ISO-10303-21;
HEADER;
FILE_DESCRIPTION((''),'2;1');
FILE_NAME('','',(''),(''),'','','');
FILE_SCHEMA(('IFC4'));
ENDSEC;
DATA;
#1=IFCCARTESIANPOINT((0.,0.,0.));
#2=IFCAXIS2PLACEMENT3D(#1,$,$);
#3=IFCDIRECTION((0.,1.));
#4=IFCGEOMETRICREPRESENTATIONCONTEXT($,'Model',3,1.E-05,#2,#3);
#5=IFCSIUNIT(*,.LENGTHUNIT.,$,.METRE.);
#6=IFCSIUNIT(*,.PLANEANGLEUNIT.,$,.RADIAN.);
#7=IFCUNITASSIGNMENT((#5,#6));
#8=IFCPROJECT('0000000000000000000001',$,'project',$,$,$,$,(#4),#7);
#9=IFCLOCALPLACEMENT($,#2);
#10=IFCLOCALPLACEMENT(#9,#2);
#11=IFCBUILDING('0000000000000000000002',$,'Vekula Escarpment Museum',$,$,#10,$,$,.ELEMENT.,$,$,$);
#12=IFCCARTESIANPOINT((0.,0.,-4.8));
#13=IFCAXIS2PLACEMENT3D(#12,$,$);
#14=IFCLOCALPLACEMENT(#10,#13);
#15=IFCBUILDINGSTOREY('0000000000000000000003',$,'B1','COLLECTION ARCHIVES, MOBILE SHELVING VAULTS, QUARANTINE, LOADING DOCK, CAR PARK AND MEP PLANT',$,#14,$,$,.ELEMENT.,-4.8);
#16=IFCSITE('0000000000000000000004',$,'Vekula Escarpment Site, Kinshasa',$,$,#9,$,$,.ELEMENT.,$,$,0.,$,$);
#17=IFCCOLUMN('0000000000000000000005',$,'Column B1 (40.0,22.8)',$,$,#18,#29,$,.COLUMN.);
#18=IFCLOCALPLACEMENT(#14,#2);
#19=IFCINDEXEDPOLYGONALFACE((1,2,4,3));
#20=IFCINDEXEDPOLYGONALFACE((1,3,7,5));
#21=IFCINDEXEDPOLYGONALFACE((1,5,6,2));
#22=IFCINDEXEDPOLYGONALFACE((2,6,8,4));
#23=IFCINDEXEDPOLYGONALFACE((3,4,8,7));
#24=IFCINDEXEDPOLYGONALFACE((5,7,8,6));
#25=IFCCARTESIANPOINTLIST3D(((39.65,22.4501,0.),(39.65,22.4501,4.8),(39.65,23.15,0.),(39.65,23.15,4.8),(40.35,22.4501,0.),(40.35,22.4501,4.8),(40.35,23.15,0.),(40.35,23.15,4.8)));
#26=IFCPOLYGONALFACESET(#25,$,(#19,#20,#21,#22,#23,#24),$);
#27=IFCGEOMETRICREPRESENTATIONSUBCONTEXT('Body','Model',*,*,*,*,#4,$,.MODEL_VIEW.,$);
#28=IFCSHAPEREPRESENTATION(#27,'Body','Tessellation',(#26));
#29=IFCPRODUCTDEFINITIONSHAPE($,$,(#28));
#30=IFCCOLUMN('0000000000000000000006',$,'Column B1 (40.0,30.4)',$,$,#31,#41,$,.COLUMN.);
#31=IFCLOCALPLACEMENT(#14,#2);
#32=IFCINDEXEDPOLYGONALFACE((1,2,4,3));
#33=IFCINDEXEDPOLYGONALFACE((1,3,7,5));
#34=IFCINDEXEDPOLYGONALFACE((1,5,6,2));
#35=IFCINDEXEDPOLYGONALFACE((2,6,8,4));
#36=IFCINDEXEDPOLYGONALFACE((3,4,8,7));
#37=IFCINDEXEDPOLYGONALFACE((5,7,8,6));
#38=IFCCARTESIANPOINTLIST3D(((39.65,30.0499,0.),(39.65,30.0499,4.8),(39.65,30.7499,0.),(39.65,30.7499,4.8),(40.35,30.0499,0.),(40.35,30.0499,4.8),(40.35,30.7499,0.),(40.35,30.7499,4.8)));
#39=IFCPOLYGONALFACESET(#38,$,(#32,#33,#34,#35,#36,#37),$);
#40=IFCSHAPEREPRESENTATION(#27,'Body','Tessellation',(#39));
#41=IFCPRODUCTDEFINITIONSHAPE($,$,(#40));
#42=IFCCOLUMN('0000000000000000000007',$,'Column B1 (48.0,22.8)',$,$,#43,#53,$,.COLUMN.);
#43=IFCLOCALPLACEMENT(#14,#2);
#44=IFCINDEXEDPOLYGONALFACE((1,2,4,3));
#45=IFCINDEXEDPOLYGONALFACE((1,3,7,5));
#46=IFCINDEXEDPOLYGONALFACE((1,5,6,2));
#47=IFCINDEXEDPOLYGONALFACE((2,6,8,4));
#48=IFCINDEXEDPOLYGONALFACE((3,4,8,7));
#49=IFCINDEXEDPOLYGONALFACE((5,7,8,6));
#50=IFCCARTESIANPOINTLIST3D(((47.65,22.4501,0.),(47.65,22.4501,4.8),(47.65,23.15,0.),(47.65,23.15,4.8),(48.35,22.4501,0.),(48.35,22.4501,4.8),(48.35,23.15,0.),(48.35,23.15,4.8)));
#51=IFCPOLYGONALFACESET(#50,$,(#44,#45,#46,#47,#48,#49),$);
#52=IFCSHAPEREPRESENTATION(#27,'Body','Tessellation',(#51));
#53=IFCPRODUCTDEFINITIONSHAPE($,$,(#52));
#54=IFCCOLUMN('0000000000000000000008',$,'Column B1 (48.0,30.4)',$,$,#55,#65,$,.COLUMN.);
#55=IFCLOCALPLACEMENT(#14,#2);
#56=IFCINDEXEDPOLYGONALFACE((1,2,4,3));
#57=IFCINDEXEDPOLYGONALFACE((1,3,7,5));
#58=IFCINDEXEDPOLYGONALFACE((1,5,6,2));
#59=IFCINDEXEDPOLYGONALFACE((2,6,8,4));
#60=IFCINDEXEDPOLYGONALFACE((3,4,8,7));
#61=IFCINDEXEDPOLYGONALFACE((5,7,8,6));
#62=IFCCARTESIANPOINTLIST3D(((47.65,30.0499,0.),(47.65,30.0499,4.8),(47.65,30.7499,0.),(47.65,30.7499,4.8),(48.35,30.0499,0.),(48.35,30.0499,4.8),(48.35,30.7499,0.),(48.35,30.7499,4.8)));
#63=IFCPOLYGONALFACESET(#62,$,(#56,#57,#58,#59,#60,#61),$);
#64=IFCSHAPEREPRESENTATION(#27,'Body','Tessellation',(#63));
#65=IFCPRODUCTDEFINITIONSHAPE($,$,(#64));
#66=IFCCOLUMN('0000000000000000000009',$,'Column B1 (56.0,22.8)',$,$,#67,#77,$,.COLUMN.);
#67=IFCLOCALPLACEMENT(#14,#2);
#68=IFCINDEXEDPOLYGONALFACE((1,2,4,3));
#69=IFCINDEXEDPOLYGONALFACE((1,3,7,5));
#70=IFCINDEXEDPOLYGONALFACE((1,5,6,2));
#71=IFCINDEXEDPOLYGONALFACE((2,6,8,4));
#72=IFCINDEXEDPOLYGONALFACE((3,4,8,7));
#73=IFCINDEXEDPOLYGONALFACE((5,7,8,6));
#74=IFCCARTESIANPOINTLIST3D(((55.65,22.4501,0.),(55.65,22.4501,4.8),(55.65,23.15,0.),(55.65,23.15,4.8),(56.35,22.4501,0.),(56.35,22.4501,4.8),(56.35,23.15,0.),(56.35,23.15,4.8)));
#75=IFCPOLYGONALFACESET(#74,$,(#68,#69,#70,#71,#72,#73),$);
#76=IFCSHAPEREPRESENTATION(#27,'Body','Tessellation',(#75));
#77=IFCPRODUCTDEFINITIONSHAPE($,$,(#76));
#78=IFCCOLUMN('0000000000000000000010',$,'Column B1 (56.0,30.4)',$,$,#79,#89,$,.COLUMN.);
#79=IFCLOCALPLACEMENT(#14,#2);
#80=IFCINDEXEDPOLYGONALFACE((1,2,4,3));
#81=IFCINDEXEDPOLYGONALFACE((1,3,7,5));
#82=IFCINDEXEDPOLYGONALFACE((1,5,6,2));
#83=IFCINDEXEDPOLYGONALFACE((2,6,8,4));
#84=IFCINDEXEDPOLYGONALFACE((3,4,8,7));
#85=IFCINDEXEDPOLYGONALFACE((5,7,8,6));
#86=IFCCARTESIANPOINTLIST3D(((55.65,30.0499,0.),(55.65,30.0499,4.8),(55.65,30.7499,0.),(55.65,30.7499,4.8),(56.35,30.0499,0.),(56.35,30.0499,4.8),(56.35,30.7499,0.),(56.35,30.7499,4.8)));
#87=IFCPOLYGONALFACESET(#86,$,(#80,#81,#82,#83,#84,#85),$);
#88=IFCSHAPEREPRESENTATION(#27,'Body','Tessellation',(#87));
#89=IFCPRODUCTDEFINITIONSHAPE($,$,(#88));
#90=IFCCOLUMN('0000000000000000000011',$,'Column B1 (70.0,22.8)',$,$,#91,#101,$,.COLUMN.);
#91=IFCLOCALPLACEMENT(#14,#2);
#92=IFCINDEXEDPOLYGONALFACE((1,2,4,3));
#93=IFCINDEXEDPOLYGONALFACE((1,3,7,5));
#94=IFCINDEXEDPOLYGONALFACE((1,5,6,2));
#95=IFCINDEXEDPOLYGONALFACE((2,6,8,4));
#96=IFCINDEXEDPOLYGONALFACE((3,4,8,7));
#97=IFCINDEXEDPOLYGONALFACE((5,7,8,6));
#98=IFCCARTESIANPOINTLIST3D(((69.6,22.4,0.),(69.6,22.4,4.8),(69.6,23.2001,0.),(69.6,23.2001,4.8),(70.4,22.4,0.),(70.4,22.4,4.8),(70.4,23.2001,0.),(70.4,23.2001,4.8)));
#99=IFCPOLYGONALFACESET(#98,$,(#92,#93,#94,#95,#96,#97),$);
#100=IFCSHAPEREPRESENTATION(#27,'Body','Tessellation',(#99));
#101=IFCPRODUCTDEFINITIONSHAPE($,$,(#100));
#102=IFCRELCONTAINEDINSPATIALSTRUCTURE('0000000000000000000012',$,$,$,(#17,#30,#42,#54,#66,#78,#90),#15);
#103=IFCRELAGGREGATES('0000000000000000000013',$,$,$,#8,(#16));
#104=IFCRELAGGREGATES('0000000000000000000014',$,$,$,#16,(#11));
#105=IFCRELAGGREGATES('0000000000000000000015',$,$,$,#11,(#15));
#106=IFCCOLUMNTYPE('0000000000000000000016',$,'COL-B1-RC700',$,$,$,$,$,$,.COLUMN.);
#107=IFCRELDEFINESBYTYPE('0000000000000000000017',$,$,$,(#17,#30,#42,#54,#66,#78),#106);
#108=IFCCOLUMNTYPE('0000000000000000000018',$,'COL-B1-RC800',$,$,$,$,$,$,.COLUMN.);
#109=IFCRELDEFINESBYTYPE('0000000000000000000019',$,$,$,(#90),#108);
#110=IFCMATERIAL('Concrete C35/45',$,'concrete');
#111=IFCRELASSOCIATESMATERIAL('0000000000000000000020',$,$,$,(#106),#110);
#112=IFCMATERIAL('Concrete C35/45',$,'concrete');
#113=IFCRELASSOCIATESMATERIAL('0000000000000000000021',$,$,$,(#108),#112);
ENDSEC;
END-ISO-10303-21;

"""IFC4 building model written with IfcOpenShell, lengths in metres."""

from ifc_helpers import new_model, si_unit, direction, frame, origin, origin_2d, place, context, subcontext, project, spatial, rectangle, extrude, material, material_profile, profile_set, type_object, element, save


model = new_model("IFC4")

# Units and contexts
model_context = context("Model", 3, precision=1e-05, world=origin(), true_north=direction((0.0, 1.0)))
body_context = subcontext(model_context, "Body", "Model", "MODEL_VIEW")
ifc_project = project(units=[si_unit("LENGTHUNIT", "METRE"), si_unit("PLANEANGLEUNIT", "RADIAN")], contexts=[model_context])

# Site, building, storey
site_placement = place(None, origin())
site = spatial("IfcSite", under=ifc_project, at=site_placement, Name="Vekula Escarpment Site, Kinshasa", CompositionType="ELEMENT", RefElevation=0.0)
building_placement = place(site_placement, origin())
building = spatial("IfcBuilding", under=site, at=building_placement, Name="Vekula Escarpment Museum", CompositionType="ELEMENT")
storey_placement = place(building_placement, frame((0.0, 0.0, -4.8)))
storey = spatial("IfcBuildingStorey", under=building, at=storey_placement, Name="B1", Description="COLLECTION ARCHIVES, MOBILE SHELVING VAULTS, QUARANTINE, LOADING DOCK, CAR PARK AND MEP PLANT", CompositionType="ELEMENT", Elevation=-4.8)

# Columns
ifc_material_1 = material(Name="Concrete C35/45", Category="concrete")
ifc_material_profile_1 = material_profile(ifc_material_1, rectangle(XDim=0.7, YDim=0.7, at=origin_2d()), Name="RC 700x700")
ifc_profile_set_1 = profile_set([ifc_material_profile_1], Name="Concrete C35/45")
column_type_1 = type_object("IfcColumnType", Name="COL-B1-RC700", PredefinedType="COLUMN", material=ifc_profile_set_1)
for number, where, z_axis, x_axis, name in (
    (1, (40.0, 22.8, 0.0), (0.0, 0.0, 1.0), (1.0, 0.0, 0.0), "Column B1 (40.0,22.8)"),
    (2, (40.0, 30.3999, 0.0), (0.0, 0.0, 1.0), (1.0, 0.0, 0.0), "Column B1 (40.0,30.4)"),
    (3, (48.0, 22.8, 0.0), (0.0, 0.0, 1.0), (1.0, 0.0, 0.0), "Column B1 (48.0,22.8)"),
    (4, (48.0, 30.3999, 0.0), (0.0, 0.0, 1.0), (1.0, 0.0, 0.0), "Column B1 (48.0,30.4)"),
    (5, (56.0, 22.8, 0.0), (0.0, 0.0, 1.0), (1.0, 0.0, 0.0), "Column B1 (56.0,22.8)"),
    (6, (56.0, 30.3999, 0.0), (0.0, 0.0, 1.0), (1.0, 0.0, 0.0), "Column B1 (56.0,30.4)"),
):
    element("IfcColumn", number, at=place(storey_placement, frame(where, z_axis=z_axis, x_axis=x_axis)), inside=storey, type_object=column_type_1, Name=name, PredefinedType="COLUMN", context=body_context, shape_type="SweptSolid", body=[
        extrude(rectangle(XDim=0.7, YDim=0.7, at=origin_2d()), origin(), (0.0, 0.0, 1.0), 4.8),
    ])
ifc_material_2 = material(Name="Concrete C35/45", Category="concrete")
ifc_material_profile_2 = material_profile(ifc_material_2, rectangle(XDim=0.8, YDim=0.8, at=origin_2d()), Name="RC 800x800")
ifc_profile_set_2 = profile_set([ifc_material_profile_2], Name="Concrete C35/45")
column_type_2 = type_object("IfcColumnType", Name="COL-B1-RC800", PredefinedType="COLUMN", material=ifc_profile_set_2)
column_1_placement = place(storey_placement, frame((70.0, 22.8, 0.0), z_axis=(0.0, 0.0, 1.0), x_axis=(1.0, 0.0, 0.0)))
element("IfcColumn", 7, at=column_1_placement, inside=storey, type_object=column_type_2, Name="Column B1 (70.0,22.8)", PredefinedType="COLUMN", context=body_context, shape_type="SweptSolid", body=[
    extrude(rectangle(XDim=0.8, YDim=0.8, at=origin_2d()), origin(), (0.0, 0.0, 1.0), 4.8),
])

save(model, "model.ifc")
